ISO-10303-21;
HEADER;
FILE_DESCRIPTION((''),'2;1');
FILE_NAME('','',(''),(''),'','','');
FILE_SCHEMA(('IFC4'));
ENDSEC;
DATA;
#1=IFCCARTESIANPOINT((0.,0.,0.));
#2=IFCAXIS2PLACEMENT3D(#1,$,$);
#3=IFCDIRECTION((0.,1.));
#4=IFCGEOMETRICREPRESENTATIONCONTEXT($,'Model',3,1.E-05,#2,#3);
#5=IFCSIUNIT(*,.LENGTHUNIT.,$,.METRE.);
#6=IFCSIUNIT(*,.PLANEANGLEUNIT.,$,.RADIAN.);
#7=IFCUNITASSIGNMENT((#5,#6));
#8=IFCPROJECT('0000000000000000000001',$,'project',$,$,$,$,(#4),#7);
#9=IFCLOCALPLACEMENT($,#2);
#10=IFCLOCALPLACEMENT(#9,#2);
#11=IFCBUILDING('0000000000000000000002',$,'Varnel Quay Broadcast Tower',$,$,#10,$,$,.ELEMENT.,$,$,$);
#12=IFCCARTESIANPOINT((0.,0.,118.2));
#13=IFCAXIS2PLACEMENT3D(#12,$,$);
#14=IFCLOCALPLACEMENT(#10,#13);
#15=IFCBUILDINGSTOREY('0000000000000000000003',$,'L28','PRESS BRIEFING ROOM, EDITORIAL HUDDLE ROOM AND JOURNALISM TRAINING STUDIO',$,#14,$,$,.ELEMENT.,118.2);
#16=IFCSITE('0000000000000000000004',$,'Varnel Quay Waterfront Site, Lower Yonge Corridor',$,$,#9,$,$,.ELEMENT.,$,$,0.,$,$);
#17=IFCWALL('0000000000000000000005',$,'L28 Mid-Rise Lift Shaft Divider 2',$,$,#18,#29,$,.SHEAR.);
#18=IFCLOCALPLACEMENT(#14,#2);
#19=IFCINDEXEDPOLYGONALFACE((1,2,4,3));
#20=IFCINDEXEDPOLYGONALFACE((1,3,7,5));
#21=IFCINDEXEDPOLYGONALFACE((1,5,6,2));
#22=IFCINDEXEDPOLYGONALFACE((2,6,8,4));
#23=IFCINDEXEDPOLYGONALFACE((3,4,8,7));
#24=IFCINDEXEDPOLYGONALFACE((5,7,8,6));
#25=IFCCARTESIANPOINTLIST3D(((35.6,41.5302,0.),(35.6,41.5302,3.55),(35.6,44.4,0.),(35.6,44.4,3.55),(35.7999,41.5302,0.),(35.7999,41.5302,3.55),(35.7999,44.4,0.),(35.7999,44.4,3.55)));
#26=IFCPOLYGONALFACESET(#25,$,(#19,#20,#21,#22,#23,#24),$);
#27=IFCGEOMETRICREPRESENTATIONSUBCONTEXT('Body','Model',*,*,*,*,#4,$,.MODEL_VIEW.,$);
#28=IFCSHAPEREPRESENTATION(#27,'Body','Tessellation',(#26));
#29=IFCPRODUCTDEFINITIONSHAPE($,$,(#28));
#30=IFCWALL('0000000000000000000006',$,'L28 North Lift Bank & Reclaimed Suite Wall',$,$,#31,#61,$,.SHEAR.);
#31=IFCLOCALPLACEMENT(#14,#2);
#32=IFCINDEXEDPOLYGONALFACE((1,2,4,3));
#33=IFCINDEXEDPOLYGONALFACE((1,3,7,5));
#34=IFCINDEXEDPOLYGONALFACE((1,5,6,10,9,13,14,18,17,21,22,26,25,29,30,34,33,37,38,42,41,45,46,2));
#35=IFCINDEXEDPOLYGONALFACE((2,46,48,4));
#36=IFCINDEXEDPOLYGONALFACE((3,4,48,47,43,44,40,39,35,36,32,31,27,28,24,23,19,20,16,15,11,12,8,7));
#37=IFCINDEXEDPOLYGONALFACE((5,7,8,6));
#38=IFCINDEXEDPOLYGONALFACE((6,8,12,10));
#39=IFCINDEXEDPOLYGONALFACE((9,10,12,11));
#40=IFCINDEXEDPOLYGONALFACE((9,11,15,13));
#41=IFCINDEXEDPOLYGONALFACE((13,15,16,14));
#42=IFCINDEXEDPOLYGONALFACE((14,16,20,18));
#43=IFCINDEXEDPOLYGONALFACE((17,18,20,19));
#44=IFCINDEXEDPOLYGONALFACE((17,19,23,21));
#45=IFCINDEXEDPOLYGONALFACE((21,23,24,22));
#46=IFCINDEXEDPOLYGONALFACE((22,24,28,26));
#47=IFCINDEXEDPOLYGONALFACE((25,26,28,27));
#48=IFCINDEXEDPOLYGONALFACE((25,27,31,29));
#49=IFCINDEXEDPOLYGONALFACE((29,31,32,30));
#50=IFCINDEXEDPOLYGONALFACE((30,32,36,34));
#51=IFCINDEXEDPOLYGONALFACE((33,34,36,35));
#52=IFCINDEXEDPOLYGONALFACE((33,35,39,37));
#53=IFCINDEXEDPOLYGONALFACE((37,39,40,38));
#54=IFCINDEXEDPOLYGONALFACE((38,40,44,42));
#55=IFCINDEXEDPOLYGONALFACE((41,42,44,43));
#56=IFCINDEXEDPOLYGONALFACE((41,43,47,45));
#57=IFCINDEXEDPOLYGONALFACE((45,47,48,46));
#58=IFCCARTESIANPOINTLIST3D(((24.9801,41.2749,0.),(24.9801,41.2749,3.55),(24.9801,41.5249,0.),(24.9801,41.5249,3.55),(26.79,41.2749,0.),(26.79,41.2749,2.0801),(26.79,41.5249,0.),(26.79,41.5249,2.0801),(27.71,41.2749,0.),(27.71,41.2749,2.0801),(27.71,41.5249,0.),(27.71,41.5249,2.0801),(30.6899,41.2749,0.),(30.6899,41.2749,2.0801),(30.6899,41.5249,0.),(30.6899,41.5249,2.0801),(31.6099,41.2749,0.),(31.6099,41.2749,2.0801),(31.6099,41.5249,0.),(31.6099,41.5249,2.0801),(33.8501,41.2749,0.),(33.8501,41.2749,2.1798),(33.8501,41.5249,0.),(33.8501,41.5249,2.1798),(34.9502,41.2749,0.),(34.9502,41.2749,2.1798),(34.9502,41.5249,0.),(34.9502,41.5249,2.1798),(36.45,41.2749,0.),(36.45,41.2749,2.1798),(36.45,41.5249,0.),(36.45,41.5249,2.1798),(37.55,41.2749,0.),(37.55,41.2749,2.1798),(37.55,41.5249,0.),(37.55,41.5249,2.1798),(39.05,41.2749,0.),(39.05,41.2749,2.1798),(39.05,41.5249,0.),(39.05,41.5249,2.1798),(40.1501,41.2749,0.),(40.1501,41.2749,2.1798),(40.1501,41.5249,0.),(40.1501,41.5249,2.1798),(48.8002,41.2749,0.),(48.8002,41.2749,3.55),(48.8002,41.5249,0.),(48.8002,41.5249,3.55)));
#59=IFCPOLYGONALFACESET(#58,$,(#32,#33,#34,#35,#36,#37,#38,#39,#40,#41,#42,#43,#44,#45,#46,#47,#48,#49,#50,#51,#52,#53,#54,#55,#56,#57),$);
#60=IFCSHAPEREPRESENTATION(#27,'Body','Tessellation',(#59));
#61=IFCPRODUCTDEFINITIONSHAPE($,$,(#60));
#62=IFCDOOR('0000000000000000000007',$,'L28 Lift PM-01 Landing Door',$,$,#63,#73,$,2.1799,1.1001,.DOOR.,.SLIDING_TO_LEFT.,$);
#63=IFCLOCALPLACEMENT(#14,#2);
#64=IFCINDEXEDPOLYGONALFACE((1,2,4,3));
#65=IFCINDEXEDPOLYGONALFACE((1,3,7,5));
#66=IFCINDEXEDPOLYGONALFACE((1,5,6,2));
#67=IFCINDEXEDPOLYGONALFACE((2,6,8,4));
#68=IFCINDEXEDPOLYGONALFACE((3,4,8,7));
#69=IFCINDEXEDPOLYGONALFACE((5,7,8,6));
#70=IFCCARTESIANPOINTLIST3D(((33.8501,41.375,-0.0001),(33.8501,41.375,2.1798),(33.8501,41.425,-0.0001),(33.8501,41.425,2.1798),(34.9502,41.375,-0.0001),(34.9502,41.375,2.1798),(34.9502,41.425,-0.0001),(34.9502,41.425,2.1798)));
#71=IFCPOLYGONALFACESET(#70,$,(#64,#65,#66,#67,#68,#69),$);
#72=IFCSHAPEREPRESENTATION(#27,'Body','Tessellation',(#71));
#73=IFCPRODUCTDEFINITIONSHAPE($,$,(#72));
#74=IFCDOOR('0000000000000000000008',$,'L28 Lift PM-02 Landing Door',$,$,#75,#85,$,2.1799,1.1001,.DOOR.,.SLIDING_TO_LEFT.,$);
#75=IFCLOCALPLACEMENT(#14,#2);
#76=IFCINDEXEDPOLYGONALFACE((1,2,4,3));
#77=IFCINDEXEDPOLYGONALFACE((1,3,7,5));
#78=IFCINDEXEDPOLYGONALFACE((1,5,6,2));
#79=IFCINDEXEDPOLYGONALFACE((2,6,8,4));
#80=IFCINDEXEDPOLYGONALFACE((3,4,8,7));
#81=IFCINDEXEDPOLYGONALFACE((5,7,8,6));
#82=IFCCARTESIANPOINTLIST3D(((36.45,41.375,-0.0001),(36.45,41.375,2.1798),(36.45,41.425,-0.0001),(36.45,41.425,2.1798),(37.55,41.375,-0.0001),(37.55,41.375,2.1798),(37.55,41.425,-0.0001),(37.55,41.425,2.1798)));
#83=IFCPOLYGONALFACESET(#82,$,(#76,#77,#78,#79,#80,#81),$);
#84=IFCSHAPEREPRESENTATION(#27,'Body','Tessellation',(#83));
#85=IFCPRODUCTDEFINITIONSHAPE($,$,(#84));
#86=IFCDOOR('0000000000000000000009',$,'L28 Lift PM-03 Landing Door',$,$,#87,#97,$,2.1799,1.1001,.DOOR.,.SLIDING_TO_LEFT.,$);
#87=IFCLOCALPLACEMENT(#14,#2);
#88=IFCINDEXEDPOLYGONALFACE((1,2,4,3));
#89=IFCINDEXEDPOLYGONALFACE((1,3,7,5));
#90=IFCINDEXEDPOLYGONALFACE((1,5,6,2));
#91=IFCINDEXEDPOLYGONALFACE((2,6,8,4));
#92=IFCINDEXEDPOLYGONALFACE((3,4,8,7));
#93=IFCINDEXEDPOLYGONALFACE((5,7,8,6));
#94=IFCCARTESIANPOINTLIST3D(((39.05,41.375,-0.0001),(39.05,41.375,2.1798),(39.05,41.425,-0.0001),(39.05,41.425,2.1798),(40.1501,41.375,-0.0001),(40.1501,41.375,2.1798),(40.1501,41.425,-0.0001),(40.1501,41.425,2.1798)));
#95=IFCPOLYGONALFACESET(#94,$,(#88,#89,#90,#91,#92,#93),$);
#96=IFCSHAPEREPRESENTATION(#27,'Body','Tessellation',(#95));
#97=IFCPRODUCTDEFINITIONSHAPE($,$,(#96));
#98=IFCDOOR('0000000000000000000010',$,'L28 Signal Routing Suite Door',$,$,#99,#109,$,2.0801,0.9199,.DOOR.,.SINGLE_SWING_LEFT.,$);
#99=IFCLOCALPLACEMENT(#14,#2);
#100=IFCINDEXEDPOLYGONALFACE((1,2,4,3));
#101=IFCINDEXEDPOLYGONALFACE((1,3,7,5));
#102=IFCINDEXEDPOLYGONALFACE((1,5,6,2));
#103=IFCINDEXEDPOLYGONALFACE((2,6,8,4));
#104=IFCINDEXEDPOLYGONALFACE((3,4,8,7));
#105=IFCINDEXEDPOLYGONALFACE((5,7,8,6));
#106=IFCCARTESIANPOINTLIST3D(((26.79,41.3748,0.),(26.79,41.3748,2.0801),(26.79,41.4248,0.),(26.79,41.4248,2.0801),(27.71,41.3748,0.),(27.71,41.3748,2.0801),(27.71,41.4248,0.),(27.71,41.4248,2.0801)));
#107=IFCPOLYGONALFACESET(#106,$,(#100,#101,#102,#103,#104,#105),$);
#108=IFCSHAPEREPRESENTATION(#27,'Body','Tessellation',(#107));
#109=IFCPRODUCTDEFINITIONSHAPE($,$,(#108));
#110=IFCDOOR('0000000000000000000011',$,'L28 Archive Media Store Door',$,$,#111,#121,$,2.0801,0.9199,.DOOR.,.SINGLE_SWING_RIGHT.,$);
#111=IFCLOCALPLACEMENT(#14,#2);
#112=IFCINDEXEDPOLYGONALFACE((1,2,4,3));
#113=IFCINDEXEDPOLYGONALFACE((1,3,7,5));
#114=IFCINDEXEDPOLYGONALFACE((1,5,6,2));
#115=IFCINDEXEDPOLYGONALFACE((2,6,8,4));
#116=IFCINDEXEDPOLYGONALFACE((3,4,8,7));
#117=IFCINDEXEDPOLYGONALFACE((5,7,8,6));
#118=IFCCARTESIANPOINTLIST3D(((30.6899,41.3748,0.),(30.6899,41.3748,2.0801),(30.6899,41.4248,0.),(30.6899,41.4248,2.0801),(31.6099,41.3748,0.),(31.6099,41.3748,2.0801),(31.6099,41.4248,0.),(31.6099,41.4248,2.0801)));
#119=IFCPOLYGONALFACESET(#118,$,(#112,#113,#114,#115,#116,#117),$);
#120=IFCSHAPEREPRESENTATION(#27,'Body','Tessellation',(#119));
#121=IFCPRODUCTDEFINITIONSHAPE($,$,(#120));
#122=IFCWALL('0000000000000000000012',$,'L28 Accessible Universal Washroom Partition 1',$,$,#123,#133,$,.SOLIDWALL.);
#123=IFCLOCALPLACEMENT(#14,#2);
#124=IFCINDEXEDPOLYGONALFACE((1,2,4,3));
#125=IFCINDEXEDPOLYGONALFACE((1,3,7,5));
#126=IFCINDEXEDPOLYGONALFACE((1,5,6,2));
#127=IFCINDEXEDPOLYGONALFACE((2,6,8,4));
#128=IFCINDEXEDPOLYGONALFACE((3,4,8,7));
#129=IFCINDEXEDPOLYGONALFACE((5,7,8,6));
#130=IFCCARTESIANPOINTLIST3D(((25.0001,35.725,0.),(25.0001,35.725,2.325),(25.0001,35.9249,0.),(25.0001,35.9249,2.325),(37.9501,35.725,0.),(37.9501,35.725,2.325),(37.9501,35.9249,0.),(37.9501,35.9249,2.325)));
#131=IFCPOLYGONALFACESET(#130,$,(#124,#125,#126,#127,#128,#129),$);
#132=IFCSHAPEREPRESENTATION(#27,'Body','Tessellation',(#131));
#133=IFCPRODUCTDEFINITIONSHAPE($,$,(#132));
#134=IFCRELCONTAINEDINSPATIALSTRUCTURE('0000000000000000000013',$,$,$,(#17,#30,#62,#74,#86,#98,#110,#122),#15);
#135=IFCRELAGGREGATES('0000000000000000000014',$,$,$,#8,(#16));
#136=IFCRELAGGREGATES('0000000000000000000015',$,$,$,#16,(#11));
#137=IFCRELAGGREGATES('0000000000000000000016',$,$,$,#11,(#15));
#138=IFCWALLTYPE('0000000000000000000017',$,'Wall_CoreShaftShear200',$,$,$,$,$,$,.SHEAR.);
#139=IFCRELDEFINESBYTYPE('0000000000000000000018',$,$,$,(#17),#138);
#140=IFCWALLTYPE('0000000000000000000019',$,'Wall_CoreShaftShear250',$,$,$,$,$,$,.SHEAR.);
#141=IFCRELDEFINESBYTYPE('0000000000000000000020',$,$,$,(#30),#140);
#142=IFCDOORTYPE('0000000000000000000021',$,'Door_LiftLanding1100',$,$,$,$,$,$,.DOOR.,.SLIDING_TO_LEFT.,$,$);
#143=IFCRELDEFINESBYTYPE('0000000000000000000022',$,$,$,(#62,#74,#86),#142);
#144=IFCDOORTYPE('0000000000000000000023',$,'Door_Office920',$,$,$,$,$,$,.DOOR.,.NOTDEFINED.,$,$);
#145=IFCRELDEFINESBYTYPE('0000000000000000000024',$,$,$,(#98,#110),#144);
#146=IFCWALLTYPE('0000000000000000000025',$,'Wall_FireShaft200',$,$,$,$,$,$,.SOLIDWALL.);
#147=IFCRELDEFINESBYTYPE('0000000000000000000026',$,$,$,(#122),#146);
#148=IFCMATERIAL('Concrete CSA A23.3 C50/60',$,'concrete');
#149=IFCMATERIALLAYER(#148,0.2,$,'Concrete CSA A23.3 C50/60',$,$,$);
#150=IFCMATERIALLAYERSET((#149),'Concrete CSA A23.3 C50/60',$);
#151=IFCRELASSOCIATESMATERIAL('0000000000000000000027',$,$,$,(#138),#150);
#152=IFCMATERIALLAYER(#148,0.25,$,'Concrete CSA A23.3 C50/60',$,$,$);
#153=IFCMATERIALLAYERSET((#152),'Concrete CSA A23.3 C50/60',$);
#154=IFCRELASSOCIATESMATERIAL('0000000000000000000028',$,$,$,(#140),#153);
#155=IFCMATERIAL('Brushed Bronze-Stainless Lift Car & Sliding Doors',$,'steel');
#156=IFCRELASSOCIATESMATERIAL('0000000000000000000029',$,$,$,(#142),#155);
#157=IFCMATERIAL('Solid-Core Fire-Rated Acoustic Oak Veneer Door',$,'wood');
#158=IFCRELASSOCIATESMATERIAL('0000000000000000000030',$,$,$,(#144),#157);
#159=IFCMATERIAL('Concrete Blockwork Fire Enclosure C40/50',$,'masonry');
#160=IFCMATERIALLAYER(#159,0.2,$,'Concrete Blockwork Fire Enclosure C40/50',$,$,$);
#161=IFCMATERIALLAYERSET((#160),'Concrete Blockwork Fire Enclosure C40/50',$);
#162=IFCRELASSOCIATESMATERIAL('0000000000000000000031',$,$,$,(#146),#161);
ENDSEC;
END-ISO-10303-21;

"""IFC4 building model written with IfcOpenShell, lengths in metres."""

from ifc_helpers import new_model, si_unit, direction, frame, frame_2d, origin, place, context, subcontext, project, spatial, rectangle, extrude, source, transform, mapped, material, layer, layer_set, type_object, type_shapes, element, fill, save


model = new_model("IFC4")

# Units and contexts
model_context = context("Model", 3, precision=1e-05, world=origin(), true_north=direction((0.0, 1.0)))
body_context = subcontext(model_context, "Body", "Model", "MODEL_VIEW")
ifc_project = project(units=[si_unit("LENGTHUNIT", "METRE"), si_unit("PLANEANGLEUNIT", "RADIAN")], contexts=[model_context])

# Site, building, storey
site_placement = place(None, origin())
site = spatial("IfcSite", under=ifc_project, at=site_placement, Name="Varnel Quay Waterfront Site, Lower Yonge Corridor", CompositionType="ELEMENT", RefElevation=0.0)
building_placement = place(site_placement, origin())
building = spatial("IfcBuilding", under=site, at=building_placement, Name="Varnel Quay Broadcast Tower", CompositionType="ELEMENT")
storey_placement = place(building_placement, frame((0.0, 0.0, 118.2)))
storey = spatial("IfcBuildingStorey", under=building, at=storey_placement, Name="L28", Description="PRESS BRIEFING ROOM, EDITORIAL HUDDLE ROOM AND JOURNALISM TRAINING STUDIO", CompositionType="ELEMENT", Elevation=118.2)

# Wall
ifc_material_1 = material(Name="Concrete CSA A23.3 C50/60", Category="concrete")
ifc_layer_1 = layer(ifc_material_1, 0.2, Name="Concrete CSA A23.3 C50/60")
ifc_layer_set_1 = layer_set([ifc_layer_1], Name="Concrete CSA A23.3 C50/60")
wall_type_1 = type_object("IfcWallType", Name="Wall_CoreShaftShear200", PredefinedType="SHEAR", material=ifc_layer_set_1)
wall_1_placement = place(storey_placement, frame((35.7, 41.53, 0.0), z_axis=(0.0, 0.0, 1.0), x_axis=(0.0, 1.0, 0.0)))
element("IfcWall", 1, at=wall_1_placement, inside=storey, type_object=wall_type_1, Name="L28 Mid-Rise Lift Shaft Divider 2", PredefinedType="SHEAR", context=body_context, shape_type="SweptSolid", body=[
    extrude(rectangle(XDim=2.8699, YDim=0.2, at=frame_2d((1.4351, 0.0))), origin(), (0.0, 0.0, 1.0), 3.55),
])

# Wall, openings, doors
ifc_layer_2 = layer(ifc_material_1, 0.25, Name="Concrete CSA A23.3 C50/60")
ifc_layer_set_2 = layer_set([ifc_layer_2], Name="Concrete CSA A23.3 C50/60")
wall_type_2 = type_object("IfcWallType", Name="Wall_CoreShaftShear250", PredefinedType="SHEAR", material=ifc_layer_set_2)
wall_2_placement = place(storey_placement, frame((24.98, 41.3999, 0.0), z_axis=(0.0, 0.0, 1.0), x_axis=(1.0, 0.0, 0.0)))
wall_2 = element("IfcWall", 2, at=wall_2_placement, inside=storey, type_object=wall_type_2, Name="L28 North Lift Bank & Reclaimed Suite Wall", PredefinedType="SHEAR", context=body_context, shape_type="SweptSolid", body=[
    extrude(rectangle(XDim=23.8201, YDim=0.25, at=frame_2d((11.9102, 0.0))), origin(), (0.0, 0.0, 1.0), 3.55),
])
opening_1_placement = place(wall_2_placement, frame((8.8701, 0.0, 0.0)))
opening_1 = element("IfcOpeningElement", 3, at=opening_1_placement, cuts=wall_2, PredefinedType="OPENING", context=body_context, shape_type="SweptSolid", body=[
    extrude(rectangle(XDim=1.1001, YDim=2.1799, at=frame_2d((0.55, 1.0898))), frame((0.0, 0.135, 0.0), z_axis=(0.0, -1.0, 0.0), x_axis=(1.0, 0.0, 0.0)), (0.0, 0.0, 1.0), 0.27),
])
opening_2_placement = place(wall_2_placement, frame((11.47, 0.0, 0.0)))
opening_2 = element("IfcOpeningElement", 4, at=opening_2_placement, cuts=wall_2, PredefinedType="OPENING", context=body_context, shape_type="SweptSolid", body=[
    extrude(rectangle(XDim=1.1001, YDim=2.1799, at=frame_2d((0.55, 1.0898))), frame((0.0, 0.135, 0.0), z_axis=(0.0, -1.0, 0.0), x_axis=(1.0, 0.0, 0.0)), (0.0, 0.0, 1.0), 0.27),
])
opening_3_placement = place(wall_2_placement, frame((14.0701, 0.0, 0.0)))
opening_3 = element("IfcOpeningElement", 5, at=opening_3_placement, cuts=wall_2, PredefinedType="OPENING", context=body_context, shape_type="SweptSolid", body=[
    extrude(rectangle(XDim=1.1001, YDim=2.1799, at=frame_2d((0.55, 1.0898))), frame((0.0, 0.135, 0.0), z_axis=(0.0, -1.0, 0.0), x_axis=(1.0, 0.0, 0.0)), (0.0, 0.0, 1.0), 0.27),
])
opening_4_placement = place(wall_2_placement, frame((1.8101, 0.0, 0.0)))
opening_4 = element("IfcOpeningElement", 6, at=opening_4_placement, cuts=wall_2, PredefinedType="OPENING", context=body_context, shape_type="SweptSolid", body=[
    extrude(rectangle(XDim=0.9199, YDim=2.0801, at=frame_2d((0.46, 1.04))), frame((0.0, 0.135, 0.0), z_axis=(0.0, -1.0, 0.0), x_axis=(1.0, 0.0, 0.0)), (0.0, 0.0, 1.0), 0.27),
])
opening_5_placement = place(wall_2_placement, frame((5.71, 0.0, 0.0)))
opening_5 = element("IfcOpeningElement", 7, at=opening_5_placement, cuts=wall_2, PredefinedType="OPENING", context=body_context, shape_type="SweptSolid", body=[
    extrude(rectangle(XDim=0.9199, YDim=2.0801, at=frame_2d((0.46, 1.04))), frame((0.0, 0.135, 0.0), z_axis=(0.0, -1.0, 0.0), x_axis=(1.0, 0.0, 0.0)), (0.0, 0.0, 1.0), 0.27),
])
ifc_material_2 = material(Name="Brushed Bronze-Stainless Lift Car & Sliding Doors", Category="steel")
door_type_1 = type_object("IfcDoorType", Name="Door_LiftLanding1100", OperationType="SLIDING_TO_LEFT", PredefinedType="DOOR", material=ifc_material_2)
shared_shape_1 = source(origin(), body_context, "Body", "SweptSolid", [
    extrude(rectangle(XDim=1.1001, YDim=2.1799, at=frame_2d((0.55, 1.0898))), frame((0.0, 0.0249, 0.0), z_axis=(0.0, -1.0, 0.0), x_axis=(1.0, 0.0, 0.0)), (0.0, 0.0, 1.0), 0.05),
])
type_shapes(door_type_1, [shared_shape_1])
door_1_placement = place(opening_1_placement, frame((1.1001, 0.0, 0.0), z_axis=(0.0, 0.0, 1.0), x_axis=(-1.0, 0.0, 0.0)))
door_1 = element("IfcDoor", 8, at=door_1_placement, inside=storey, type_object=door_type_1, Name="L28 Lift PM-01 Landing Door", OperationType="SLIDING_TO_LEFT", OverallHeight=2.1799, OverallWidth=1.1001, PredefinedType="DOOR", context=body_context, shape_type="MappedRepresentation", body=[
    mapped(shared_shape_1, transform((0.0, 0.0, 0.0), x_axis=(1.0, 0.0, 0.0), y_axis=(0.0, 1.0, 0.0), z_axis=(0.0, 0.0, 1.0), scale=1.0)),
])
fill(opening_1, door_1)
door_2_placement = place(opening_2_placement, frame((1.1001, 0.0, 0.0), z_axis=(0.0, 0.0, 1.0), x_axis=(-1.0, 0.0, 0.0)))
door_2 = element("IfcDoor", 9, at=door_2_placement, inside=storey, type_object=door_type_1, Name="L28 Lift PM-02 Landing Door", OperationType="SLIDING_TO_LEFT", OverallHeight=2.1799, OverallWidth=1.1001, PredefinedType="DOOR", context=body_context, shape_type="MappedRepresentation", body=[
    mapped(shared_shape_1, transform((0.0, 0.0, 0.0), x_axis=(1.0, 0.0, 0.0), y_axis=(0.0, 1.0, 0.0), z_axis=(0.0, 0.0, 1.0), scale=1.0)),
])
fill(opening_2, door_2)
door_3_placement = place(opening_3_placement, frame((1.1001, 0.0, 0.0), z_axis=(0.0, 0.0, 1.0), x_axis=(-1.0, 0.0, 0.0)))
door_3 = element("IfcDoor", 10, at=door_3_placement, inside=storey, type_object=door_type_1, Name="L28 Lift PM-03 Landing Door", OperationType="SLIDING_TO_LEFT", OverallHeight=2.1799, OverallWidth=1.1001, PredefinedType="DOOR", context=body_context, shape_type="MappedRepresentation", body=[
    mapped(shared_shape_1, transform((0.0, 0.0, 0.0), x_axis=(1.0, 0.0, 0.0), y_axis=(0.0, 1.0, 0.0), z_axis=(0.0, 0.0, 1.0), scale=1.0)),
])
fill(opening_3, door_3)
ifc_material_3 = material(Name="Solid-Core Fire-Rated Acoustic Oak Veneer Door", Category="wood")
door_type_2 = type_object("IfcDoorType", Name="Door_Office920", OperationType="NOTDEFINED", PredefinedType="DOOR", material=ifc_material_3)
shared_shape_2 = source(origin(), body_context, "Body", "SweptSolid", [
    extrude(rectangle(XDim=0.9199, YDim=2.0801, at=frame_2d((0.46, 1.04))), frame((0.0, 0.0249, 0.0), z_axis=(0.0, -1.0, 0.0), x_axis=(1.0, 0.0, 0.0)), (0.0, 0.0, 1.0), 0.05),
])
type_shapes(door_type_2, [shared_shape_2])
door_4_placement = place(opening_4_placement, origin())
door_4 = element("IfcDoor", 11, at=door_4_placement, inside=storey, type_object=door_type_2, Name="L28 Signal Routing Suite Door", OperationType="SINGLE_SWING_LEFT", OverallHeight=2.0801, OverallWidth=0.9199, PredefinedType="DOOR", context=body_context, shape_type="MappedRepresentation", body=[
    mapped(shared_shape_2, transform((0.0, 0.0, 0.0), x_axis=(1.0, 0.0, 0.0), y_axis=(0.0, 1.0, 0.0), z_axis=(0.0, 0.0, 1.0), scale=1.0)),
])
fill(opening_4, door_4)
door_5_placement = place(opening_5_placement, origin())
door_5 = element("IfcDoor", 12, at=door_5_placement, inside=storey, type_object=door_type_2, Name="L28 Archive Media Store Door", OperationType="SINGLE_SWING_RIGHT", OverallHeight=2.0801, OverallWidth=0.9199, PredefinedType="DOOR", context=body_context, shape_type="MappedRepresentation", body=[
    mapped(shared_shape_2, transform((0.0, 0.0, 0.0), x_axis=(1.0, 0.0, 0.0), y_axis=(0.0, 1.0, 0.0), z_axis=(0.0, 0.0, 1.0), scale=1.0)),
])
fill(opening_5, door_5)

# Wall
ifc_material_4 = material(Name="Concrete Blockwork Fire Enclosure C40/50", Category="masonry")
ifc_layer_3 = layer(ifc_material_4, 0.2, Name="Concrete Blockwork Fire Enclosure C40/50")
ifc_layer_set_3 = layer_set([ifc_layer_3], Name="Concrete Blockwork Fire Enclosure C40/50")
wall_type_3 = type_object("IfcWallType", Name="Wall_FireShaft200", PredefinedType="SOLIDWALL", material=ifc_layer_set_3)
wall_3_placement = place(storey_placement, frame((25.0, 35.825, 0.0), z_axis=(0.0, 0.0, 1.0), x_axis=(1.0, 0.0, 0.0)))
element("IfcWall", 13, at=wall_3_placement, inside=storey, type_object=wall_type_3, Name="L28 Accessible Universal Washroom Partition 1", PredefinedType="SOLIDWALL", context=body_context, shape_type="SweptSolid", body=[
    extrude(rectangle(XDim=12.95, YDim=0.2, at=frame_2d((6.4751, 0.0))), origin(), (0.0, 0.0, 1.0), 2.325),
])

save(model, "model.ifc")
